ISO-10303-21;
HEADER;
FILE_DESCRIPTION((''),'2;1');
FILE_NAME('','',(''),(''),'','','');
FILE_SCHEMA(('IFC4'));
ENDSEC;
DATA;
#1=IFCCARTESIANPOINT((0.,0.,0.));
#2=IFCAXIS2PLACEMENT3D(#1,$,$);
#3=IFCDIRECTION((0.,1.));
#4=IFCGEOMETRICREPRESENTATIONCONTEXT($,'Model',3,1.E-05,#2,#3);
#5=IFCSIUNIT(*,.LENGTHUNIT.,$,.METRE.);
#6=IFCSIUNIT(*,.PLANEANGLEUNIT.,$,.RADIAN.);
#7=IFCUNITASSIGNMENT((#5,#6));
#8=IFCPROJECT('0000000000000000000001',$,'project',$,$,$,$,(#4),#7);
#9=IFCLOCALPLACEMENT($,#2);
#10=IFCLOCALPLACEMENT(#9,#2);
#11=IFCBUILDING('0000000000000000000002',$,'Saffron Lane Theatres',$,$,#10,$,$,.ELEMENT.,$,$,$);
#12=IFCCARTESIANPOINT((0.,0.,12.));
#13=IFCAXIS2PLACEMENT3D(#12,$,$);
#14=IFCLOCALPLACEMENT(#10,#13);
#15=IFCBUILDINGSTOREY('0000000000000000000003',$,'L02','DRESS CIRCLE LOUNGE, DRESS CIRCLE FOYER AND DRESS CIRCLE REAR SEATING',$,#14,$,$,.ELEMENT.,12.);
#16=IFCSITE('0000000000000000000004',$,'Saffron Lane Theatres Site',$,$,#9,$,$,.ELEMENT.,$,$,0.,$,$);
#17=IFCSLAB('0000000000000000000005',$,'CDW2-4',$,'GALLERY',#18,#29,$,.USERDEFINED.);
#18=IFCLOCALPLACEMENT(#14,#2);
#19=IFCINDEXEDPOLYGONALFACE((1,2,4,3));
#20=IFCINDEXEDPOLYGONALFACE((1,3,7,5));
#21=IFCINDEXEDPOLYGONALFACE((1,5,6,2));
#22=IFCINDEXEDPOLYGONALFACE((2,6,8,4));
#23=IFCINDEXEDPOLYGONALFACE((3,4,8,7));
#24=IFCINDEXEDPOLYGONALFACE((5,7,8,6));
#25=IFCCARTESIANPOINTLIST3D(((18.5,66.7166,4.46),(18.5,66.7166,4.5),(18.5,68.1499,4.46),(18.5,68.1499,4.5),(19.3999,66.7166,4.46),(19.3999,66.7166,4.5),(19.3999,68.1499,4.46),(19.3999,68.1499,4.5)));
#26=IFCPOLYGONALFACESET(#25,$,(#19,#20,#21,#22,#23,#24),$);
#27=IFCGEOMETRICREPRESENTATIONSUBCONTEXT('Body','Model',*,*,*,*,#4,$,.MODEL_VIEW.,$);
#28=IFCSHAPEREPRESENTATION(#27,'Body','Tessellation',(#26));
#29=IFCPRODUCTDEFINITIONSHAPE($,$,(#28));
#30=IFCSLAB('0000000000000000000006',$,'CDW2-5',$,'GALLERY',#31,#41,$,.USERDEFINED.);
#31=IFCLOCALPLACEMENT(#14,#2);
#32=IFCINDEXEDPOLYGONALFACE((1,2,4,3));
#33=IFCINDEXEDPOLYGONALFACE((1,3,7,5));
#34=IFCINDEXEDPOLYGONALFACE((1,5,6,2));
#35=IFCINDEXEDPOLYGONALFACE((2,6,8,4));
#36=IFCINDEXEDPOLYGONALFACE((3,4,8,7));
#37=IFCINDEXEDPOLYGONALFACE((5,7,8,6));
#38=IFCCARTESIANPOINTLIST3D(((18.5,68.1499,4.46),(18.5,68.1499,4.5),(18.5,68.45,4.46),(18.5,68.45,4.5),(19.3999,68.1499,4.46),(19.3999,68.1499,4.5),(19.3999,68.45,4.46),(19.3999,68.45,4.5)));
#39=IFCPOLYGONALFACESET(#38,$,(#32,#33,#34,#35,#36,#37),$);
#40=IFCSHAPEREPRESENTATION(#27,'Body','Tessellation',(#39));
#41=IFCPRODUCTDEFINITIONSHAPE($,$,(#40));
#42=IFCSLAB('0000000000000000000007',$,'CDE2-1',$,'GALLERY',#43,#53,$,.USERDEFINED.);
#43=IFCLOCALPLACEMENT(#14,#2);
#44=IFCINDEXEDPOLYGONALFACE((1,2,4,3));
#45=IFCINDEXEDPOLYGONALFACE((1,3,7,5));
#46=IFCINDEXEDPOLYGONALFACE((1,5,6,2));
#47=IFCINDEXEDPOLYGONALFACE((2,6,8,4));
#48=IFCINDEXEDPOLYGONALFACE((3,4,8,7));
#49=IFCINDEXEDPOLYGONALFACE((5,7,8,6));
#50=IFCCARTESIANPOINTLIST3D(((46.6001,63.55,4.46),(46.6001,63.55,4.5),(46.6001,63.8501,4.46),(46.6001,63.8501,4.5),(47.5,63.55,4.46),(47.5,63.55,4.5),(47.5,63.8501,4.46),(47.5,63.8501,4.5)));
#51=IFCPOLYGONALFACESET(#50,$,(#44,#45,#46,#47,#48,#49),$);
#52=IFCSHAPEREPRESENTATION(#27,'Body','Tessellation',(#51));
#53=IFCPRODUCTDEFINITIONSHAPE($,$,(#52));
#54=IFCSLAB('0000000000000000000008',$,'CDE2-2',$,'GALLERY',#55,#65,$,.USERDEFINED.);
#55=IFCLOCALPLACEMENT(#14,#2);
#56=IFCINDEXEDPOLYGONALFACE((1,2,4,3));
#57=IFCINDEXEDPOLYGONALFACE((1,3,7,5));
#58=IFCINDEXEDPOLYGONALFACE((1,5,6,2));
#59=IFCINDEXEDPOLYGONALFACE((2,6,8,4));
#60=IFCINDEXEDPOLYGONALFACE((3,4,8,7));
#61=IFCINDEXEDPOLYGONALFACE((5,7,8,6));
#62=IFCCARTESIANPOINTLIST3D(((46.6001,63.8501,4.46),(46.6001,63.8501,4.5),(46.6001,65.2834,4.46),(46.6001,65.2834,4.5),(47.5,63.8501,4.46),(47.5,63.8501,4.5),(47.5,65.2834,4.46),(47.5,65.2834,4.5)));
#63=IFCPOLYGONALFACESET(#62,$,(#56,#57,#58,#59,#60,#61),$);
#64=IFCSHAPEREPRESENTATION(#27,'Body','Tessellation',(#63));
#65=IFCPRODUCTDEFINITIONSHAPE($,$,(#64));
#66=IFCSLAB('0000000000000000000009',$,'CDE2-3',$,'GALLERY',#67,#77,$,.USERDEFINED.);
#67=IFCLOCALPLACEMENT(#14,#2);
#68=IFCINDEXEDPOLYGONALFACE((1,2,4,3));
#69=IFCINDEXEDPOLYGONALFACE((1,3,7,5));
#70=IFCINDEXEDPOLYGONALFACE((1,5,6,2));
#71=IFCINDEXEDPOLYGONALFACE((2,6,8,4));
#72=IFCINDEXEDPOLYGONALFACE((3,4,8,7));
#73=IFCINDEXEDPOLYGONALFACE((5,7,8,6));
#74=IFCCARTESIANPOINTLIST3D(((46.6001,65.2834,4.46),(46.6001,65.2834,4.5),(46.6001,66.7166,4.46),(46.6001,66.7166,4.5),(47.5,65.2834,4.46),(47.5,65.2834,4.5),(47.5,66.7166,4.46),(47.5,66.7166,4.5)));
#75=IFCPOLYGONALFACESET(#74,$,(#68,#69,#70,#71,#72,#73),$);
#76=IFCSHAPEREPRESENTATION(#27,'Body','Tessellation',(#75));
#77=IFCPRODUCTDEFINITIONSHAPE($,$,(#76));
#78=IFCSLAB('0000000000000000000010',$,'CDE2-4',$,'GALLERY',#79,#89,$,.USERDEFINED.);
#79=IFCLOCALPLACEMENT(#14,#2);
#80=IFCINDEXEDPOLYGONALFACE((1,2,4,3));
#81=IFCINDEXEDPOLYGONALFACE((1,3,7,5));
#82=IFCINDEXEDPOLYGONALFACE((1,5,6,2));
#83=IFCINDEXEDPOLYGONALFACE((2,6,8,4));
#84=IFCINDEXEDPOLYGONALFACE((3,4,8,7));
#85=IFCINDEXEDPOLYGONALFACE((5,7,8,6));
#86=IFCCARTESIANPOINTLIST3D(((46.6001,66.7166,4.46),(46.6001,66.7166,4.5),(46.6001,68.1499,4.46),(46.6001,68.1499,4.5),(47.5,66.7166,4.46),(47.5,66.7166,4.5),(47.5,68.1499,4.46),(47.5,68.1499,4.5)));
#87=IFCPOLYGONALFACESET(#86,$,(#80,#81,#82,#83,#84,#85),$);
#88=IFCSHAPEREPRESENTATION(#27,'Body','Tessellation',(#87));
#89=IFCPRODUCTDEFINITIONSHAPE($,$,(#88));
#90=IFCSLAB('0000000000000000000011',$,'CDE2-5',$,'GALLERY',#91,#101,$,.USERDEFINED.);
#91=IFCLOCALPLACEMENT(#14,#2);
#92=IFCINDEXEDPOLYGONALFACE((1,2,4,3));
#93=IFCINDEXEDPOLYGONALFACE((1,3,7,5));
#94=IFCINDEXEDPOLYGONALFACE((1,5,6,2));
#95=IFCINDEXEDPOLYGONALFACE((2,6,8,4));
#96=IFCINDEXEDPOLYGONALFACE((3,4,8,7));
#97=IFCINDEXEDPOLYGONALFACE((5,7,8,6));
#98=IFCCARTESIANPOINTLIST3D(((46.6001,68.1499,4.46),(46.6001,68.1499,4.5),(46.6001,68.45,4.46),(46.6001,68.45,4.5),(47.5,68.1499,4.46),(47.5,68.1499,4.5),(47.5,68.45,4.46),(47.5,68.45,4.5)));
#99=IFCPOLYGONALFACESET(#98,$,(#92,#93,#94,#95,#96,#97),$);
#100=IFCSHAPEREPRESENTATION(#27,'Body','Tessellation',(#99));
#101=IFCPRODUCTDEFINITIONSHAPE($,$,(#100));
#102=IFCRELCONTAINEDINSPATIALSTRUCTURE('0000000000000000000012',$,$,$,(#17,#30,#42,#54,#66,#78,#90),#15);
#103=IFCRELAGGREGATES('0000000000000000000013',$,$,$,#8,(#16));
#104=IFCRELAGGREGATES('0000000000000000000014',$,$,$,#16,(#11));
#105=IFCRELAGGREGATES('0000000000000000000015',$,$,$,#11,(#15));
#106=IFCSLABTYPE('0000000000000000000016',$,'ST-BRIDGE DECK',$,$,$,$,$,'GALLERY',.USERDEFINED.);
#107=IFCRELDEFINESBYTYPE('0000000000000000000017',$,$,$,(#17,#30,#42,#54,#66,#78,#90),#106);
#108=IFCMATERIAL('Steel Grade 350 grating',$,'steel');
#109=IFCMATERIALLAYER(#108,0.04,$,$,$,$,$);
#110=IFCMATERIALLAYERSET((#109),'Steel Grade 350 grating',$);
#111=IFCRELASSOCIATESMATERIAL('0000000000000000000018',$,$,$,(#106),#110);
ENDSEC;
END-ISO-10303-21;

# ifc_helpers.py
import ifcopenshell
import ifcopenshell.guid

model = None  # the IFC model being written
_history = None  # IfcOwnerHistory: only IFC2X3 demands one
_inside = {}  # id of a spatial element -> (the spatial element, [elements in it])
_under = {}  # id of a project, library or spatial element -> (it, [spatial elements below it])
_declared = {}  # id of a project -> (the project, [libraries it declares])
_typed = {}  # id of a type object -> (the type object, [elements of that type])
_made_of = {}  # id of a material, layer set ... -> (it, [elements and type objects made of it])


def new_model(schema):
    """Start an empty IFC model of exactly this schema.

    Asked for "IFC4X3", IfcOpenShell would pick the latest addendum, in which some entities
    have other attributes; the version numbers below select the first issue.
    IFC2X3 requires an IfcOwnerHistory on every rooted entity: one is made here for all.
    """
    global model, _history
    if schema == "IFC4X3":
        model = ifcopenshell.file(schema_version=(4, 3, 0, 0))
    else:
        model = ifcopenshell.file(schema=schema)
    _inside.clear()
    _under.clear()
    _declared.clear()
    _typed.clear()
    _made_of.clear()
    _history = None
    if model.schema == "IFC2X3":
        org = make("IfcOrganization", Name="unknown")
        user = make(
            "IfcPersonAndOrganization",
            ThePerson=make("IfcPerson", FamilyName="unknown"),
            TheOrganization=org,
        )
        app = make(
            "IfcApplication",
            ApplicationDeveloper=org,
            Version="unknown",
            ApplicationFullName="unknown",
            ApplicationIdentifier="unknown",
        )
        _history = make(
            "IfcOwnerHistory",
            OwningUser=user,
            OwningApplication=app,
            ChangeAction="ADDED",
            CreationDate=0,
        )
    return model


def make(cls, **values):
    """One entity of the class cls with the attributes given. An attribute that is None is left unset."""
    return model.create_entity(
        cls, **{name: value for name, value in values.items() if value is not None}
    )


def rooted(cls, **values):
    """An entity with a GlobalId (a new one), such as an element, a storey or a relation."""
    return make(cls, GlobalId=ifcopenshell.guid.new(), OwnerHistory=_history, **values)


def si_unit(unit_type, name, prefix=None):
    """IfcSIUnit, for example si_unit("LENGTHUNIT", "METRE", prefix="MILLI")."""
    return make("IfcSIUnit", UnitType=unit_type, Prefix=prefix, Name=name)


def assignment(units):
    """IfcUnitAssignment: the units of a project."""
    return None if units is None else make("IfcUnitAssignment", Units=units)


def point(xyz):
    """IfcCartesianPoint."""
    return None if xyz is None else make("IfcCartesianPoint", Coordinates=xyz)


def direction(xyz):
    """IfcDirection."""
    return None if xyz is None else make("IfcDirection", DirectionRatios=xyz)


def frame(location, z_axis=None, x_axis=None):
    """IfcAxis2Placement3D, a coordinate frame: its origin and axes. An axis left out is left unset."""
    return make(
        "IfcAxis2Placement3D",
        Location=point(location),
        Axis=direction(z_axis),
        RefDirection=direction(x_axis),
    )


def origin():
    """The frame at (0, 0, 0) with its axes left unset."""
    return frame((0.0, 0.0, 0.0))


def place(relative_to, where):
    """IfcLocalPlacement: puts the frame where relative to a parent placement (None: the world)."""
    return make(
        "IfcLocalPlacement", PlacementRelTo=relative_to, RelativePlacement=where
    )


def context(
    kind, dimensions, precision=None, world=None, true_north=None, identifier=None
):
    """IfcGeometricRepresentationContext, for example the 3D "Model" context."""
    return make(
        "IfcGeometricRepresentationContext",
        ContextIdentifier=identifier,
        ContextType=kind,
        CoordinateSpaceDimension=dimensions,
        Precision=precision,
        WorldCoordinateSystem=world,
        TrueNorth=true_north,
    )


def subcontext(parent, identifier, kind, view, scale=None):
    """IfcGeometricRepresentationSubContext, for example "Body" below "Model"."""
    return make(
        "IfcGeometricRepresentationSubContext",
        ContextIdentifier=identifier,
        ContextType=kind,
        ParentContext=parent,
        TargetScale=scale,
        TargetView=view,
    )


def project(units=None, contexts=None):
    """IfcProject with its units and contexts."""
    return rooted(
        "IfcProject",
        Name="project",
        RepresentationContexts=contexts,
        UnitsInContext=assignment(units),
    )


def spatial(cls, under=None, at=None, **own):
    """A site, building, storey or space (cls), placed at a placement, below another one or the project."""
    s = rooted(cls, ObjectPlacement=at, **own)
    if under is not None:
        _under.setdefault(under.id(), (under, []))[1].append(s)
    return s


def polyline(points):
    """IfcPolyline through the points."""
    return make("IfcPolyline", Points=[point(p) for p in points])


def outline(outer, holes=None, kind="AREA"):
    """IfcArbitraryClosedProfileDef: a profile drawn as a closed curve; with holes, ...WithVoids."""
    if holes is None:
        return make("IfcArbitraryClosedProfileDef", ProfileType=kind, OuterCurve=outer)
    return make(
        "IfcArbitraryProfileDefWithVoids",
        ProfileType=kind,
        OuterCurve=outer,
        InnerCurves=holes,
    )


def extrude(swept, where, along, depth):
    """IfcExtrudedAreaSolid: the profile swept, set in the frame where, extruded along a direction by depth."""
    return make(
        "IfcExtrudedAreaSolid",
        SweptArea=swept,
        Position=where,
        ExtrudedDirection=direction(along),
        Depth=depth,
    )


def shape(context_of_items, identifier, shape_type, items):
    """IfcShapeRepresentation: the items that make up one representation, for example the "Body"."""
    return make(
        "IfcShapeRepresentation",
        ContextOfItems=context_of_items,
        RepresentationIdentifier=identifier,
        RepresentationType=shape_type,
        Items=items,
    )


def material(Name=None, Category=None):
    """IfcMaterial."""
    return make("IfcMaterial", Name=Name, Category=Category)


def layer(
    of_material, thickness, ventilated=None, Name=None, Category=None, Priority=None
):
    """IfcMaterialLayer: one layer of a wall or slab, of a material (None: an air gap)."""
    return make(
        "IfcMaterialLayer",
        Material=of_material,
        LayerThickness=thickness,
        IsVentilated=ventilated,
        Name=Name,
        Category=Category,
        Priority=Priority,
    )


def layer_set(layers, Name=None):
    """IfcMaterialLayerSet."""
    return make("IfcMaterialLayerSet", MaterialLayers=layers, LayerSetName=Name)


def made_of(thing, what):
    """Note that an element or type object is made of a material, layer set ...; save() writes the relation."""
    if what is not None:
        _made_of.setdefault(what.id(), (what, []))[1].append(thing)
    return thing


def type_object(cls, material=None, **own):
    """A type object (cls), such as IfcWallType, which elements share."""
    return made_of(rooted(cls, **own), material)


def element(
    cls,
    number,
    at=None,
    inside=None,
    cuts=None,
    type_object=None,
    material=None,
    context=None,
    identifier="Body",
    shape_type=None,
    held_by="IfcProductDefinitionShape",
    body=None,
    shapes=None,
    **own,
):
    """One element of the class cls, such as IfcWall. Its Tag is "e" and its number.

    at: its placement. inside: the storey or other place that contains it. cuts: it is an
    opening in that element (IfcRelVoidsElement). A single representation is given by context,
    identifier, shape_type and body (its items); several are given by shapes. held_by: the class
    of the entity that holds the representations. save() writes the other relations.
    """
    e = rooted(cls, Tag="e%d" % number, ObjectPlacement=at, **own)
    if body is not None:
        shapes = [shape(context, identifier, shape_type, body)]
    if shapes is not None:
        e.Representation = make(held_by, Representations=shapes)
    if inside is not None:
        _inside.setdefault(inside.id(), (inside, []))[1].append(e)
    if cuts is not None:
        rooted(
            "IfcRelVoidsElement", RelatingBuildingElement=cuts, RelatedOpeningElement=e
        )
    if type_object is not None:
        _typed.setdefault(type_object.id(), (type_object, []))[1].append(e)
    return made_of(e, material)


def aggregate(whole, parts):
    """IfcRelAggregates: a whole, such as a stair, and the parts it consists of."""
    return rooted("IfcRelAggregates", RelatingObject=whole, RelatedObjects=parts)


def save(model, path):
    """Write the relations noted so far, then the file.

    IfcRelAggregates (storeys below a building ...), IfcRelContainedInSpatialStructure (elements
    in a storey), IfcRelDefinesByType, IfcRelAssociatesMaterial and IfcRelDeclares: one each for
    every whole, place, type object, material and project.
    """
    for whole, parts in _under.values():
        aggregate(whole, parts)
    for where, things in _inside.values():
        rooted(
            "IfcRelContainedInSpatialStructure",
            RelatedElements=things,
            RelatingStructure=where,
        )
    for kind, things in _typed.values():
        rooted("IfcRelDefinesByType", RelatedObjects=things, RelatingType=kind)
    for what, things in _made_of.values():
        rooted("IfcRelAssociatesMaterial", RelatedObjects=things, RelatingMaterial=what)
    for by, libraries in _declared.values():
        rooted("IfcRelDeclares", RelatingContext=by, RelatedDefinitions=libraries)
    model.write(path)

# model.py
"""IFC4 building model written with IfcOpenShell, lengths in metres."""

from ifc_helpers import new_model, si_unit, direction, frame, origin, place, context, subcontext, project, spatial, polyline, outline, extrude, material, layer, layer_set, type_object, element, save


model = new_model("IFC4")

# Units and contexts
model_context = context("Model", 3, precision=1e-05, world=origin(), true_north=direction((0.0, 1.0)))
body_context = subcontext(model_context, "Body", "Model", "MODEL_VIEW")
ifc_project = project(units=[si_unit("LENGTHUNIT", "METRE"), si_unit("PLANEANGLEUNIT", "RADIAN")], contexts=[model_context])

# Site, building, storey
site_placement = place(None, origin())
site = spatial("IfcSite", under=ifc_project, at=site_placement, Name="Saffron Lane Theatres Site", CompositionType="ELEMENT", RefElevation=0.0)
building_placement = place(site_placement, origin())
building = spatial("IfcBuilding", under=site, at=building_placement, Name="Saffron Lane Theatres", CompositionType="ELEMENT")
storey_placement = place(building_placement, frame((0.0, 0.0, 12.0)))
storey = spatial("IfcBuildingStorey", under=building, at=storey_placement, Name="L02", Description="DRESS CIRCLE LOUNGE, DRESS CIRCLE FOYER AND DRESS CIRCLE REAR SEATING", CompositionType="ELEMENT", Elevation=12.0)

# Slabs
ifc_material = material(Name="Steel Grade 350 grating", Category="steel")
ifc_layer = layer(ifc_material, 0.04)
ifc_layer_set = layer_set([ifc_layer], Name="Steel Grade 350 grating")
slab_type = type_object("IfcSlabType", Name="ST-BRIDGE DECK", ElementType="GALLERY", PredefinedType="USERDEFINED", material=ifc_layer_set)
slab_1_placement = place(storey_placement, frame((0.0, 0.0, 4.46)))
element("IfcSlab", 1, at=slab_1_placement, inside=storey, type_object=slab_type, Name="CDW2-4", ObjectType="GALLERY", PredefinedType="USERDEFINED", context=body_context, shape_type="SweptSolid", body=[
    extrude(outline(polyline([(18.5, 66.7166), (19.3999, 66.7166), (19.3999, 68.1499), (18.5, 68.1499), (18.5, 66.7166)])), origin(), (0.0, 0.0, 1.0), 0.04),
])
slab_2_placement = place(storey_placement, frame((0.0, 0.0, 4.46)))
element("IfcSlab", 2, at=slab_2_placement, inside=storey, type_object=slab_type, Name="CDW2-5", ObjectType="GALLERY", PredefinedType="USERDEFINED", context=body_context, shape_type="SweptSolid", body=[
    extrude(outline(polyline([(18.5, 68.1499), (19.3999, 68.1499), (19.3999, 68.45), (18.5, 68.45), (18.5, 68.1499)])), origin(), (0.0, 0.0, 1.0), 0.04),
])
slab_3_placement = place(storey_placement, frame((0.0, 0.0, 4.46)))
element("IfcSlab", 3, at=slab_3_placement, inside=storey, type_object=slab_type, Name="CDE2-1", ObjectType="GALLERY", PredefinedType="USERDEFINED", context=body_context, shape_type="SweptSolid", body=[
    extrude(outline(polyline([(46.6001, 63.55), (47.5, 63.55), (47.5, 63.8501), (46.6001, 63.8501), (46.6001, 63.55)])), origin(), (0.0, 0.0, 1.0), 0.04),
])
slab_4_placement = place(storey_placement, frame((0.0, 0.0, 4.46)))
element("IfcSlab", 4, at=slab_4_placement, inside=storey, type_object=slab_type, Name="CDE2-2", ObjectType="GALLERY", PredefinedType="USERDEFINED", context=body_context, shape_type="SweptSolid", body=[
    extrude(outline(polyline([(46.6001, 63.8501), (47.5, 63.8501), (47.5, 65.2834), (46.6001, 65.2834), (46.6001, 63.8501)])), origin(), (0.0, 0.0, 1.0), 0.04),
])
slab_5_placement = place(storey_placement, frame((0.0, 0.0, 4.46)))
element("IfcSlab", 5, at=slab_5_placement, inside=storey, type_object=slab_type, Name="CDE2-3", ObjectType="GALLERY", PredefinedType="USERDEFINED", context=body_context, shape_type="SweptSolid", body=[
    extrude(outline(polyline([(46.6001, 65.2834), (47.5, 65.2834), (47.5, 66.7166), (46.6001, 66.7166), (46.6001, 65.2834)])), origin(), (0.0, 0.0, 1.0), 0.04),
])
slab_6_placement = place(storey_placement, frame((0.0, 0.0, 4.46)))
element("IfcSlab", 6, at=slab_6_placement, inside=storey, type_object=slab_type, Name="CDE2-4", ObjectType="GALLERY", PredefinedType="USERDEFINED", context=body_context, shape_type="SweptSolid", body=[
    extrude(outline(polyline([(46.6001, 66.7166), (47.5, 66.7166), (47.5, 68.1499), (46.6001, 68.1499), (46.6001, 66.7166)])), origin(), (0.0, 0.0, 1.0), 0.04),
])
slab_7_placement = place(storey_placement, frame((0.0, 0.0, 4.46)))
element("IfcSlab", 7, at=slab_7_placement, inside=storey, type_object=slab_type, Name="CDE2-5", ObjectType="GALLERY", PredefinedType="USERDEFINED", context=body_context, shape_type="SweptSolid", body=[
    extrude(outline(polyline([(46.6001, 68.1499), (47.5, 68.1499), (47.5, 68.45), (46.6001, 68.45), (46.6001, 68.1499)])), origin(), (0.0, 0.0, 1.0), 0.04),
])

save(model, "model.ifc")
